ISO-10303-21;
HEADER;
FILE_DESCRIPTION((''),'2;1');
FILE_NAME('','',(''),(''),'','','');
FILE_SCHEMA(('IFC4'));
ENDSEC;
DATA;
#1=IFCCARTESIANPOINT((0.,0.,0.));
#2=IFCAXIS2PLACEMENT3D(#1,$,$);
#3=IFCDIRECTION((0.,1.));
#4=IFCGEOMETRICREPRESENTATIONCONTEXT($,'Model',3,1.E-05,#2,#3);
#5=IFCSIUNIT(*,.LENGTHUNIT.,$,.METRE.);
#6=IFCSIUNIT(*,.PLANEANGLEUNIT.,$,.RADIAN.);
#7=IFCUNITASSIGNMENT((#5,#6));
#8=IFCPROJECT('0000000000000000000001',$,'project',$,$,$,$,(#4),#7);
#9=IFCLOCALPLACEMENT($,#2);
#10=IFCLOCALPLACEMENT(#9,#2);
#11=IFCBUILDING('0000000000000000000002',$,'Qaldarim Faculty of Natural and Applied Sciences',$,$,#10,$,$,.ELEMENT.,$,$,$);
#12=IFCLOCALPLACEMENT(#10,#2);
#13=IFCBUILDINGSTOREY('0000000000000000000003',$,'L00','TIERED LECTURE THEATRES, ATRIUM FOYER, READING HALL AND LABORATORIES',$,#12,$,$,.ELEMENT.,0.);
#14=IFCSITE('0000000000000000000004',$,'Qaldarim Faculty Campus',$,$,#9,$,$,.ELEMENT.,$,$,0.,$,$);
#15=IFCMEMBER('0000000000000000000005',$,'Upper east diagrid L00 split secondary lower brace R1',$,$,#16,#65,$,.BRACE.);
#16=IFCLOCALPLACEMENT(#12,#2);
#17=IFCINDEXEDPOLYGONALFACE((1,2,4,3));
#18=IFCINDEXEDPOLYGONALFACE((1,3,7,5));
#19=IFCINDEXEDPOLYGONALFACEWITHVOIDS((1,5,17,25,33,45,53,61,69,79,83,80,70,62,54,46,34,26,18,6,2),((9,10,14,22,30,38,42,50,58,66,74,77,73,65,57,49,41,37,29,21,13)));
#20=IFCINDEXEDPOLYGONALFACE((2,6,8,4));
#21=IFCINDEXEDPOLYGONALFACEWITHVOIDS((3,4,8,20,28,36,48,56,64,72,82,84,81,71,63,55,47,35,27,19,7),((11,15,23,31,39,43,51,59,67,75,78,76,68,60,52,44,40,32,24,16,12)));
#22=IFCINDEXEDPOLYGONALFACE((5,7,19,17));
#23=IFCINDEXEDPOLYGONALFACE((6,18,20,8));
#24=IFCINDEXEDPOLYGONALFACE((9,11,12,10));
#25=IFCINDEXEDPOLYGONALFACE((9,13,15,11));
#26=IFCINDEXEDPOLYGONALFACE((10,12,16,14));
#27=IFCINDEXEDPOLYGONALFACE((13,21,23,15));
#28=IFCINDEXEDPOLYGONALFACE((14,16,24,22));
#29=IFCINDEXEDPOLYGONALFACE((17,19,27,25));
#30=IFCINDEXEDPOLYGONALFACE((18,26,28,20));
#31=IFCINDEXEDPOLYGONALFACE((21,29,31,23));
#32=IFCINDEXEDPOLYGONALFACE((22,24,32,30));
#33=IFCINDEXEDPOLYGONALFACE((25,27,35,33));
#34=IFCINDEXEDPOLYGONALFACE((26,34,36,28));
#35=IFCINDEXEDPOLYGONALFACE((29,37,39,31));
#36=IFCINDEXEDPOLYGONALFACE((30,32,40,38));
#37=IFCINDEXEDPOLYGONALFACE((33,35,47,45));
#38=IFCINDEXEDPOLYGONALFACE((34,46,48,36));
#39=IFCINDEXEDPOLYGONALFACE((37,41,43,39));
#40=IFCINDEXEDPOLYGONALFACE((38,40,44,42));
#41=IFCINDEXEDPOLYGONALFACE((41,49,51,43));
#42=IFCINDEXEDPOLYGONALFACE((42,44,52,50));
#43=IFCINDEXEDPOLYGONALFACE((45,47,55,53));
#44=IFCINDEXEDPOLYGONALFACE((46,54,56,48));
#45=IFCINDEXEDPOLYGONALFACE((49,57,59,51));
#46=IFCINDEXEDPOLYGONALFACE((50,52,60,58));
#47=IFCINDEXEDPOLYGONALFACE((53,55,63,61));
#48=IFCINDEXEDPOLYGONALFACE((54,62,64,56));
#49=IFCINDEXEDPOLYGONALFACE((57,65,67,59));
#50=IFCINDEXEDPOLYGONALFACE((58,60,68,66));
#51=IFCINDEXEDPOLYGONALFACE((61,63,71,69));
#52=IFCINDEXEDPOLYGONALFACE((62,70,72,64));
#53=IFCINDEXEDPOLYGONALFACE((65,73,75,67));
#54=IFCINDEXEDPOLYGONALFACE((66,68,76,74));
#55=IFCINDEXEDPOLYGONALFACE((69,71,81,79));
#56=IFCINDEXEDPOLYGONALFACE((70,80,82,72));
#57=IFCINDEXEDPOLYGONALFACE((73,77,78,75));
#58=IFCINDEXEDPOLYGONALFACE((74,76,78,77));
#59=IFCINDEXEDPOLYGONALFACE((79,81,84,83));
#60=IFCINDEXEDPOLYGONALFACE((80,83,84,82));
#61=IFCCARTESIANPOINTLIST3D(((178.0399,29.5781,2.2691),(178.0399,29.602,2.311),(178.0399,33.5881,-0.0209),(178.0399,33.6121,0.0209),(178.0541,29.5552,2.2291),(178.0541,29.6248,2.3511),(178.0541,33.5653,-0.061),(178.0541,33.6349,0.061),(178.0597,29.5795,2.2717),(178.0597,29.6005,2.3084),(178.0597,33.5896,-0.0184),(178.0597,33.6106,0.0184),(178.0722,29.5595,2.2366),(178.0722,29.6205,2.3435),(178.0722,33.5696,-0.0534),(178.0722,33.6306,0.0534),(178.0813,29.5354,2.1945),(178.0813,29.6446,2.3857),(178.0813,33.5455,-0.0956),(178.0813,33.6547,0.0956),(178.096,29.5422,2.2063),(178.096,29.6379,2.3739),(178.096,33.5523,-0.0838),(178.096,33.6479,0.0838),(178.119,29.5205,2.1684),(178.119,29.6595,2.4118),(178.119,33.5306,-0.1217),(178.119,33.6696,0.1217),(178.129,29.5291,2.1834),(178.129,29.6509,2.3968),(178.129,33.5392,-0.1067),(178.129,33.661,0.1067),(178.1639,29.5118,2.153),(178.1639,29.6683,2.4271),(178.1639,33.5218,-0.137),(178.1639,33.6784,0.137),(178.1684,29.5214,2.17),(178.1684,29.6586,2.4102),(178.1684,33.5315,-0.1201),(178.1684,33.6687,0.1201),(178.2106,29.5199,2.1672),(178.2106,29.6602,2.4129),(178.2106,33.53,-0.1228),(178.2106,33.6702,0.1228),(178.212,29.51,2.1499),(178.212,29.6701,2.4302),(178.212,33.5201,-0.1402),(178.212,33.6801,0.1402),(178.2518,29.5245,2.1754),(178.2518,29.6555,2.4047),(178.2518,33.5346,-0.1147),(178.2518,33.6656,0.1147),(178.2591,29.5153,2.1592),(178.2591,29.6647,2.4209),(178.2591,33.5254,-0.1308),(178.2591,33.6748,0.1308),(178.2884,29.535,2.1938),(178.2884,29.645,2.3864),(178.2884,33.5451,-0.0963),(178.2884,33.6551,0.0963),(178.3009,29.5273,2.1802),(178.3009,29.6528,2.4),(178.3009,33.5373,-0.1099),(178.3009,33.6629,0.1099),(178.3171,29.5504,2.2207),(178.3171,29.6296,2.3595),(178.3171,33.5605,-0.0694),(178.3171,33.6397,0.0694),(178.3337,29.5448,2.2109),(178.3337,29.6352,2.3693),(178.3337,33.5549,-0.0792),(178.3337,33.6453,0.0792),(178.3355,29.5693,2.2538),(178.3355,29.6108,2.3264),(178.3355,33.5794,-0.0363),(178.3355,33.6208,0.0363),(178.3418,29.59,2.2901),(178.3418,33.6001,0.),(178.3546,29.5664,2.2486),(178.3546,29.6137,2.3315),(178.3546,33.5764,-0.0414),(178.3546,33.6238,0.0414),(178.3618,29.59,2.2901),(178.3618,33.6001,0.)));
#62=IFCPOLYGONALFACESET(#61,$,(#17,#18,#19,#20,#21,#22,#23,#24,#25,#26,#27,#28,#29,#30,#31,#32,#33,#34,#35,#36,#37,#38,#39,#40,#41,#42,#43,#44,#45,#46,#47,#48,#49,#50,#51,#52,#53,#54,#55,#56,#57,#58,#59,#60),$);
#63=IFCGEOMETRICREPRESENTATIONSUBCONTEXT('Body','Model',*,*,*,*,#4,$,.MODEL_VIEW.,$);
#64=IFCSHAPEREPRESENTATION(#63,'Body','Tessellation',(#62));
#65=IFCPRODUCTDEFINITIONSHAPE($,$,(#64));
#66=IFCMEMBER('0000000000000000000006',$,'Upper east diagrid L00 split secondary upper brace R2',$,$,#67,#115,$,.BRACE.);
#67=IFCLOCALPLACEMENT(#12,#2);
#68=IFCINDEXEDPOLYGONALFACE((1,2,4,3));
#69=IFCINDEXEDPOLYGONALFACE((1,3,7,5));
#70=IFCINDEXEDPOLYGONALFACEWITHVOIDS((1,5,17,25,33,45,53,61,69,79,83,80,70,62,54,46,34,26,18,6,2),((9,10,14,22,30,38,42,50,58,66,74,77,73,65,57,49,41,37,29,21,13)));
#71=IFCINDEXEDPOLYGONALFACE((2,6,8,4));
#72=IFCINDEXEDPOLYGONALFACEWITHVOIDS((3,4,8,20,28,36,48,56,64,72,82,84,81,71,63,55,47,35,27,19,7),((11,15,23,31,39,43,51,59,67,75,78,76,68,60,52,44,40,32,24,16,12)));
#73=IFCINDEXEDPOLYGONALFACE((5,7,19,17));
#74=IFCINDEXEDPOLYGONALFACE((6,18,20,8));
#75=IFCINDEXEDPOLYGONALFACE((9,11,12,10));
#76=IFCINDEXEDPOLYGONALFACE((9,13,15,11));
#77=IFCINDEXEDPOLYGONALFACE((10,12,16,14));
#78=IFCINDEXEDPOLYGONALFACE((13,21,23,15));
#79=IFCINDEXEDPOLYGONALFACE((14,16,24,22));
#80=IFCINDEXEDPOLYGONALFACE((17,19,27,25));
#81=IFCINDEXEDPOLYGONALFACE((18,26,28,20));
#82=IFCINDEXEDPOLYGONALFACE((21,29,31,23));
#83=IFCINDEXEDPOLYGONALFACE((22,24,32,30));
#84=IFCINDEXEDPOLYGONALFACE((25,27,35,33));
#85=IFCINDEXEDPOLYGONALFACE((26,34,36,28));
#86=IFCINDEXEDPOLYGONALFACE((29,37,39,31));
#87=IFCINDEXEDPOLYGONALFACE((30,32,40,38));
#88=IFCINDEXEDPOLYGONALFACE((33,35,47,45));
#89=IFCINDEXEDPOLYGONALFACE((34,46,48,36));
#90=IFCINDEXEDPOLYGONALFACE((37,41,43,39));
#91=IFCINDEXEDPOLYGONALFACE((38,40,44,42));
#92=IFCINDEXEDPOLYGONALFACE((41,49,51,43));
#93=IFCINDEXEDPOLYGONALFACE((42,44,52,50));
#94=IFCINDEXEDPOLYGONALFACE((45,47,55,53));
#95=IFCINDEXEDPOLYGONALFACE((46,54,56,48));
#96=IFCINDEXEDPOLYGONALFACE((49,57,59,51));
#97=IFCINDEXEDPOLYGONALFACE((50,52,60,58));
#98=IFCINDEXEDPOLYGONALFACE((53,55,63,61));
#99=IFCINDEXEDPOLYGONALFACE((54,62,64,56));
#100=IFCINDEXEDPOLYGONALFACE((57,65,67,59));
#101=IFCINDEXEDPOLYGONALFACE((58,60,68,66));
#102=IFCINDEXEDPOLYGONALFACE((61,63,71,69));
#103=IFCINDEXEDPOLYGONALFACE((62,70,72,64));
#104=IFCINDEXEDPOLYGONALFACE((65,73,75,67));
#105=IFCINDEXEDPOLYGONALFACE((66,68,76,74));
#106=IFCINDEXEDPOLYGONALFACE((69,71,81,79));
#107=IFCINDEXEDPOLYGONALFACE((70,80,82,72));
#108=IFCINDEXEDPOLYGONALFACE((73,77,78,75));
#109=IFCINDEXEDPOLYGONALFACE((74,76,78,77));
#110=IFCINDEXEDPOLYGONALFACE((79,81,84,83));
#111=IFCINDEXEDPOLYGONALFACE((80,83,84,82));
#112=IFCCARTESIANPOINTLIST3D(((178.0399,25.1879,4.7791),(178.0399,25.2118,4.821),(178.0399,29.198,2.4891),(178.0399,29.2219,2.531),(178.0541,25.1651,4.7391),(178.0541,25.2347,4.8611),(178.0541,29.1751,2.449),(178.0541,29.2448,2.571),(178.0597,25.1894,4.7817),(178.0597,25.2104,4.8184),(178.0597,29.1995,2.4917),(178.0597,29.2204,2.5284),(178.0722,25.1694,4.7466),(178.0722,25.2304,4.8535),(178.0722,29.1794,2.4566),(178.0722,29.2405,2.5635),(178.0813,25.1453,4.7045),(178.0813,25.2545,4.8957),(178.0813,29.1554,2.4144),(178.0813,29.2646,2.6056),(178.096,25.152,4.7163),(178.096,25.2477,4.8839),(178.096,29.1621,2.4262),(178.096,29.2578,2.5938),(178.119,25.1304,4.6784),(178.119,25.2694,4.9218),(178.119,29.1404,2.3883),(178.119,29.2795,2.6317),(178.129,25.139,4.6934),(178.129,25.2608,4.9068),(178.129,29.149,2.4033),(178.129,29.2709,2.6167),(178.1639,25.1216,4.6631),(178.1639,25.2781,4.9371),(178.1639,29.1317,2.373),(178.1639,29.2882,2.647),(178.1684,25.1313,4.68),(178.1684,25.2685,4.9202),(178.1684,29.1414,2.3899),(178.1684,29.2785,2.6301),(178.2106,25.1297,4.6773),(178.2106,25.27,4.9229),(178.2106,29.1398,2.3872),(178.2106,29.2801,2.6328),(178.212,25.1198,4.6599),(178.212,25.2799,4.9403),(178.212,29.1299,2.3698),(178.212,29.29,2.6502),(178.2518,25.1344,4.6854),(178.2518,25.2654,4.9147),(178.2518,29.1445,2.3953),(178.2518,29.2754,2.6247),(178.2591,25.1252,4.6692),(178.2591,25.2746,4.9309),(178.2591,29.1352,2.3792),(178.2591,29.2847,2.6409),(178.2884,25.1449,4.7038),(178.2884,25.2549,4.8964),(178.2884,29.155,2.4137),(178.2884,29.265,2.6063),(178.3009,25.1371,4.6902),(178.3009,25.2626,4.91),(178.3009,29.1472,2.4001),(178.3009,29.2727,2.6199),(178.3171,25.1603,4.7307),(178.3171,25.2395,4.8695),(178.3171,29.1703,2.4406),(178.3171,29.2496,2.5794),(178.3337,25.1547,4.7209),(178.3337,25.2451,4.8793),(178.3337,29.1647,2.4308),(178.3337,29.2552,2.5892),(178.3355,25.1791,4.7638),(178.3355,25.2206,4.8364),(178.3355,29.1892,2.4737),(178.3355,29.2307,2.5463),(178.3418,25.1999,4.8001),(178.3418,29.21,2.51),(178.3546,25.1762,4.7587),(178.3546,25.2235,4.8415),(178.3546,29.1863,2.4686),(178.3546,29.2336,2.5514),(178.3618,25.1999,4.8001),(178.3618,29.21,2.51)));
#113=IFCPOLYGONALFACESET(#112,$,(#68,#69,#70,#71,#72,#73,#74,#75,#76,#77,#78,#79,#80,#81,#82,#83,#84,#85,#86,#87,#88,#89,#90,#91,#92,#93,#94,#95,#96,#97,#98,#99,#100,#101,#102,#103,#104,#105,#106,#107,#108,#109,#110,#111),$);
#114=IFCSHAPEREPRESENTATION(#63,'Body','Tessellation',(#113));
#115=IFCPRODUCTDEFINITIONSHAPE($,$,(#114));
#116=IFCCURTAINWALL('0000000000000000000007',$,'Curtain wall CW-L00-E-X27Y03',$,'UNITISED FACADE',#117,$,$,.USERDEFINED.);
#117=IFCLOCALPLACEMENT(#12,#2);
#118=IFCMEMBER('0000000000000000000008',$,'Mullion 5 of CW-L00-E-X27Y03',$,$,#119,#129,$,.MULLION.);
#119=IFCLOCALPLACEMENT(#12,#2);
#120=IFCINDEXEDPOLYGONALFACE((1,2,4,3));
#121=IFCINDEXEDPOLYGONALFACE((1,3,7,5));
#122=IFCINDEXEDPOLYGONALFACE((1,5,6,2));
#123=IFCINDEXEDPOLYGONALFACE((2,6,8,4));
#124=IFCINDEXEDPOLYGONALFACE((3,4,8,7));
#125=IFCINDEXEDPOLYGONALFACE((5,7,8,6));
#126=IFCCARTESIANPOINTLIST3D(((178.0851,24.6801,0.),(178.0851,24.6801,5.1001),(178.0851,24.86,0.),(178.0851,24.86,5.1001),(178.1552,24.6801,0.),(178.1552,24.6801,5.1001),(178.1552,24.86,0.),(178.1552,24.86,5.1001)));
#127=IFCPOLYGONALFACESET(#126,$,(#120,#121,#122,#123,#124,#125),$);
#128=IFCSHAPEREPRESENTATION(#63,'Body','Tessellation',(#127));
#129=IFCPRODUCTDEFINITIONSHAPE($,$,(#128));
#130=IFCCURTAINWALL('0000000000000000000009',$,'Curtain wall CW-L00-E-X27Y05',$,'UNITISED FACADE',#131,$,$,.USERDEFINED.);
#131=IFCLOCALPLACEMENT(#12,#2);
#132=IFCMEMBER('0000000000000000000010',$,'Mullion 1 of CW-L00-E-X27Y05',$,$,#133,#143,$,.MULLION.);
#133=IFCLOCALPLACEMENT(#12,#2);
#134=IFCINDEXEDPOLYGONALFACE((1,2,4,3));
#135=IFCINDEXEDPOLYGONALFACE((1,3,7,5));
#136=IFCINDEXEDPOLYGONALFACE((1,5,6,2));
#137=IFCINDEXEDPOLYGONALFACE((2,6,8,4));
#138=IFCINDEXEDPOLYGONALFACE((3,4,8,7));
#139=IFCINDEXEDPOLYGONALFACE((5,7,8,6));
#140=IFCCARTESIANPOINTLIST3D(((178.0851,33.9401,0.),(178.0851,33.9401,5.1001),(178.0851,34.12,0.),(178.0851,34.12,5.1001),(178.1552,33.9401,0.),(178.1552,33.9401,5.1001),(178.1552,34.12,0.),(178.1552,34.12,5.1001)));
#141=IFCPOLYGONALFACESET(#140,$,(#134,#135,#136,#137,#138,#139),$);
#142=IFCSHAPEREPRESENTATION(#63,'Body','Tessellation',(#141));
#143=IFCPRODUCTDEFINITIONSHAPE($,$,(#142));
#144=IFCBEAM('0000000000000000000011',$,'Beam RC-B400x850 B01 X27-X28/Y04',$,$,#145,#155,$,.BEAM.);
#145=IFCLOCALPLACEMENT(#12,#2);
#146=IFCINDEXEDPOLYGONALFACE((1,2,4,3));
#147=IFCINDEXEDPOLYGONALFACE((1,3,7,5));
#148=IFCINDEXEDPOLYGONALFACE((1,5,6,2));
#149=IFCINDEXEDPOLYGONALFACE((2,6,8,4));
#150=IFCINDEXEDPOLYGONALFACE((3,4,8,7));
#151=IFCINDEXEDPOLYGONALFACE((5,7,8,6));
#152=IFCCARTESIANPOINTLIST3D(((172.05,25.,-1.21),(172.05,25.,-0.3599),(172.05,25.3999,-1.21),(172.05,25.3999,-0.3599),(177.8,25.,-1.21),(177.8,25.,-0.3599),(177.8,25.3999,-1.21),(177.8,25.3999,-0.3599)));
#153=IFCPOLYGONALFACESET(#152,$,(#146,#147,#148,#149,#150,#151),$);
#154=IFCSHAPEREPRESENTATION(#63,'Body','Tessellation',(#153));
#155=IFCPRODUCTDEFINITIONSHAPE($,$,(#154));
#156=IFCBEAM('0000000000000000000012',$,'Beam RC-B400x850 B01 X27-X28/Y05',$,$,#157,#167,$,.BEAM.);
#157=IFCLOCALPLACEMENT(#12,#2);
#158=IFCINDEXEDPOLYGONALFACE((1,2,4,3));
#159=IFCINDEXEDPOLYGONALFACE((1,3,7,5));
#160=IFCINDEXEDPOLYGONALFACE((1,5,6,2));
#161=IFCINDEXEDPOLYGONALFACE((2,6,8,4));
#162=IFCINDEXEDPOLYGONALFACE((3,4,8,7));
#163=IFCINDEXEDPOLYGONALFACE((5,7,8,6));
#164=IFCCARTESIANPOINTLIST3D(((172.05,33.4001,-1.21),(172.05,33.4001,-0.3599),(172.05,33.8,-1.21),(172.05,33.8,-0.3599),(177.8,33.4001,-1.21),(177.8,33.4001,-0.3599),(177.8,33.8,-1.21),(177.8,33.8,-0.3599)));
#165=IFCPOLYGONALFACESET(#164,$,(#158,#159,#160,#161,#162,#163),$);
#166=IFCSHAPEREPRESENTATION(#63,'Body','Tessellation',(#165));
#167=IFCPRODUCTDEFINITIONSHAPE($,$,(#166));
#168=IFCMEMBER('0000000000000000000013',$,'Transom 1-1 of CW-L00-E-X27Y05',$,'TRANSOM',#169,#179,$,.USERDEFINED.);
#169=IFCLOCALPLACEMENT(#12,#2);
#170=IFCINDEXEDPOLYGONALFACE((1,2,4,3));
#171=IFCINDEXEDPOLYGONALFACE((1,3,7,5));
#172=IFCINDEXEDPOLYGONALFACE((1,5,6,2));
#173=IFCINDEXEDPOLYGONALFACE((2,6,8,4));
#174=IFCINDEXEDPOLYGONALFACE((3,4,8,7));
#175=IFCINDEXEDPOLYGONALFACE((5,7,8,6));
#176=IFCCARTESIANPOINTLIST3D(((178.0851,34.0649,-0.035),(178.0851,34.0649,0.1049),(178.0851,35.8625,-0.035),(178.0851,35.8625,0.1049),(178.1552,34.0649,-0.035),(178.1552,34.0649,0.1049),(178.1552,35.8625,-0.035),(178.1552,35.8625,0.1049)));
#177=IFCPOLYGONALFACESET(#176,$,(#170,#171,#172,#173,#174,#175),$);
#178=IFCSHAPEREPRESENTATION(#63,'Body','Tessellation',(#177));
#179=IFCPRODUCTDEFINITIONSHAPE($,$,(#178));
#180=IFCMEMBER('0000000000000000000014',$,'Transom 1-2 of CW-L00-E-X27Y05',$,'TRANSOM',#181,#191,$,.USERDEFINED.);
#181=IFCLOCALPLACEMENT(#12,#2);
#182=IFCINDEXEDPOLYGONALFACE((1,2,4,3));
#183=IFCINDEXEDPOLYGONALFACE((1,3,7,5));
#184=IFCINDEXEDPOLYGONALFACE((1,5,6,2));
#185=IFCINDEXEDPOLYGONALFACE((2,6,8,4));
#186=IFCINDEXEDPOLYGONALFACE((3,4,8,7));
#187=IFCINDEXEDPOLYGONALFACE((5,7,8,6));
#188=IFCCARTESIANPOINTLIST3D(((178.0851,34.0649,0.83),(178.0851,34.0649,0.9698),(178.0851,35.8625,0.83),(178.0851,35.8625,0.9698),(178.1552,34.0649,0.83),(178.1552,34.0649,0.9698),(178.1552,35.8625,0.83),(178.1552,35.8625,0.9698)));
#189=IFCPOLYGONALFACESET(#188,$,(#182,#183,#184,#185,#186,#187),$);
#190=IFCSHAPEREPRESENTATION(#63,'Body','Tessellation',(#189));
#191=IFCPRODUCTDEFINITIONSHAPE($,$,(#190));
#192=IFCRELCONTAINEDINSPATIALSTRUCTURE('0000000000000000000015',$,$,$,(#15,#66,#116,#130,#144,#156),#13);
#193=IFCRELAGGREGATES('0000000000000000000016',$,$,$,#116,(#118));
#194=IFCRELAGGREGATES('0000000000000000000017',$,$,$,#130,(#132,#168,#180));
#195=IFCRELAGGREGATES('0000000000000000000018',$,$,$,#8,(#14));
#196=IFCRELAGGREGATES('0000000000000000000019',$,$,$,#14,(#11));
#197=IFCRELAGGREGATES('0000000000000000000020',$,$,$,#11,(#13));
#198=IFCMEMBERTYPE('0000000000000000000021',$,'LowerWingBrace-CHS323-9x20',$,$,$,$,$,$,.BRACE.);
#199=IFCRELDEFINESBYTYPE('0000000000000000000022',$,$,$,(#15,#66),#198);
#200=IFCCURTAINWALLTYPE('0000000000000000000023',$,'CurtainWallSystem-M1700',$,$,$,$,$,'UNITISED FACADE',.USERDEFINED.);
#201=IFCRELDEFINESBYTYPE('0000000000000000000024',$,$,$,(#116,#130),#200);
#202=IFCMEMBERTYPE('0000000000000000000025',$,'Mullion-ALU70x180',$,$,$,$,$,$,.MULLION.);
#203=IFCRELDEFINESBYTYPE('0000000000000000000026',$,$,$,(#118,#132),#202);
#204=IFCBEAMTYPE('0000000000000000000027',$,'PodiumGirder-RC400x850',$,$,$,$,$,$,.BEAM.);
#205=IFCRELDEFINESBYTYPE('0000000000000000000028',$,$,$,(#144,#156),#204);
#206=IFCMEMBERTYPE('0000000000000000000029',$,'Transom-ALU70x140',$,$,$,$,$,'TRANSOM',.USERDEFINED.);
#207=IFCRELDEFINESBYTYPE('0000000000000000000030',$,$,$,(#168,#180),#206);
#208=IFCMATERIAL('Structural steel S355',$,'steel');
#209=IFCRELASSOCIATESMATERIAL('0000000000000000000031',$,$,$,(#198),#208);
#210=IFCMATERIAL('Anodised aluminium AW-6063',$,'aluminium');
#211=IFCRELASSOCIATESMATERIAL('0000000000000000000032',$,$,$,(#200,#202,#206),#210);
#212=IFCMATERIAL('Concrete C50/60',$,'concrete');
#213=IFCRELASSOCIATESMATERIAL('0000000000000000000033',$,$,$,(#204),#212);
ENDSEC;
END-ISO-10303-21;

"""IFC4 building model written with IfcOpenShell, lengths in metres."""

from ifc_helpers import new_model, si_unit, direction, frame, origin, origin_2d, place, context, subcontext, project, spatial, rectangle, hollow_circle, extrude, material, material_profile, profile_set, type_object, element, aggregate, save


model = new_model("IFC4")

# Units and contexts
model_context = context("Model", 3, precision=1e-05, world=origin(), true_north=direction((0.0, 1.0)))
body_context = subcontext(model_context, "Body", "Model", "MODEL_VIEW")
ifc_project = project(units=[si_unit("LENGTHUNIT", "METRE"), si_unit("PLANEANGLEUNIT", "RADIAN")], contexts=[model_context])

# Site, building, storey
site_placement = place(None, origin())
site = spatial("IfcSite", under=ifc_project, at=site_placement, Name="Qaldarim Faculty Campus", CompositionType="ELEMENT", RefElevation=0.0)
building_placement = place(site_placement, origin())
building = spatial("IfcBuilding", under=site, at=building_placement, Name="Qaldarim Faculty of Natural and Applied Sciences", CompositionType="ELEMENT")
storey_placement = place(building_placement, origin())
storey = spatial("IfcBuildingStorey", under=building, at=storey_placement, Name="L00", Description="TIERED LECTURE THEATRES, ATRIUM FOYER, READING HALL AND LABORATORIES", CompositionType="ELEMENT", Elevation=0.0)

# Shared definitions
ifc_material_1 = material(Name="Concrete C50/60", Category="concrete")

# Members
ifc_material_2 = material(Name="Structural steel S355", Category="steel")
ifc_material_profile_1 = material_profile(ifc_material_2, hollow_circle(Radius=0.1619, WallThickness=0.02, at=origin_2d()), Name="CHS 323.9x20.0")
ifc_profile_set_1 = profile_set([ifc_material_profile_1], Name="Structural steel S355")
member_type_1 = type_object("IfcMemberType", Name="LowerWingBrace-CHS323-9x20", PredefinedType="BRACE", material=ifc_profile_set_1)
for number, where, z_axis, x_axis, name in (
    (1, (178.2, 33.6001, 0.0), (0.0, -0.868373, 0.495911), (1.0, 0.0, 0.0), "Upper east diagrid L00 split secondary lower brace R1"),
    (2, (178.2, 29.21, 2.51), (0.0, -0.868373, 0.495911), (1.0, 0.0, 0.0), "Upper east diagrid L00 split secondary upper brace R2"),
):
    element("IfcMember", number, at=place(storey_placement, frame(where, z_axis=z_axis, x_axis=x_axis)), inside=storey, type_object=member_type_1, Name=name, PredefinedType="BRACE", context=body_context, shape_type="SweptSolid", body=[
        extrude(hollow_circle(Radius=0.1619, WallThickness=0.02, at=origin_2d()), origin(), (0.0, 0.0, 1.0), 4.6179),
    ])

# Curtain walls, members
ifc_material_3 = material(Name="Anodised aluminium AW-6063", Category="aluminium")
curtain_wall_type = type_object("IfcCurtainWallType", Name="CurtainWallSystem-M1700", ElementType="UNITISED FACADE", PredefinedType="USERDEFINED", material=ifc_material_3)
curtain_wall_1_placement = place(storey_placement, origin())
curtain_wall_1 = element("IfcCurtainWall", 3, at=curtain_wall_1_placement, inside=storey, type_object=curtain_wall_type, Name="Curtain wall CW-L00-E-X27Y03", ObjectType="UNITISED FACADE", PredefinedType="USERDEFINED")
ifc_material_profile_2 = material_profile(ifc_material_3, rectangle(XDim=0.0701, YDim=0.1799, at=origin_2d()), Name="ALU-M70x180")
ifc_profile_set_2 = profile_set([ifc_material_profile_2], Name="Anodised aluminium AW-6063")
member_type_2 = type_object("IfcMemberType", Name="Mullion-ALU70x180", PredefinedType="MULLION", material=ifc_profile_set_2)
member_1_placement = place(storey_placement, frame((178.1201, 24.77, 0.0), z_axis=(0.0, 0.0, 1.0), x_axis=(-1.0, 0.0, 0.0)))
member_1 = element("IfcMember", 4, at=member_1_placement, type_object=member_type_2, Name="Mullion 5 of CW-L00-E-X27Y03", PredefinedType="MULLION", context=body_context, shape_type="SweptSolid", body=[
    extrude(rectangle(XDim=0.0701, YDim=0.1799, at=origin_2d()), origin(), (0.0, 0.0, 1.0), 5.1001),
])
curtain_wall_2_placement = place(storey_placement, origin())
curtain_wall_2 = element("IfcCurtainWall", 5, at=curtain_wall_2_placement, inside=storey, type_object=curtain_wall_type, Name="Curtain wall CW-L00-E-X27Y05", ObjectType="UNITISED FACADE", PredefinedType="USERDEFINED")
member_2_placement = place(storey_placement, frame((178.1201, 34.03, 0.0), z_axis=(0.0, 0.0, 1.0), x_axis=(-1.0, 0.0, 0.0)))
member_2 = element("IfcMember", 6, at=member_2_placement, type_object=member_type_2, Name="Mullion 1 of CW-L00-E-X27Y05", PredefinedType="MULLION", context=body_context, shape_type="SweptSolid", body=[
    extrude(rectangle(XDim=0.0701, YDim=0.1799, at=origin_2d()), origin(), (0.0, 0.0, 1.0), 5.1001),
])

# Beams
ifc_material_profile_3 = material_profile(ifc_material_1, rectangle(XDim=0.3999, YDim=0.8501, at=origin_2d()), Name="RC-B400x850")
ifc_profile_set_3 = profile_set([ifc_material_profile_3], Name="Concrete C50/60")
beam_type_1 = type_object("IfcBeamType", Name="PodiumGirder-RC400x850", PredefinedType="BEAM", material=ifc_profile_set_3)
for number, where, z_axis, x_axis, name in (
    (7, (172.05, 25.2, -0.7849), (1.0, 0.0, 0.0), (0.0, 1.0, 0.0), "Beam RC-B400x850 B01 X27-X28/Y04"),
    (8, (172.05, 33.6001, -0.7849), (1.0, 0.0, 0.0), (0.0, 1.0, 0.0), "Beam RC-B400x850 B01 X27-X28/Y05"),
):
    element("IfcBeam", number, at=place(storey_placement, frame(where, z_axis=z_axis, x_axis=x_axis)), inside=storey, type_object=beam_type_1, Name=name, PredefinedType="BEAM", context=body_context, shape_type="SweptSolid", body=[
        extrude(rectangle(XDim=0.3999, YDim=0.8501, at=origin_2d()), origin(), (0.0, 0.0, 1.0), 5.75),
    ])

# Members
ifc_material_profile_4 = material_profile(ifc_material_3, rectangle(XDim=0.0701, YDim=0.1399, at=origin_2d()), Name="ALU-T70x140")
ifc_profile_set_4 = profile_set([ifc_material_profile_4], Name="Anodised aluminium AW-6063")
member_type_3 = type_object("IfcMemberType", Name="Transom-ALU70x140", ElementType="TRANSOM", PredefinedType="USERDEFINED", material=ifc_profile_set_4)
member_3_placement = place(storey_placement, frame((178.1201, 34.0649, 0.0349), z_axis=(0.0, 1.0, 0.0), x_axis=(-1.0, 0.0, 0.0)))
member_3 = element("IfcMember", 9, at=member_3_placement, type_object=member_type_3, Name="Transom 1-1 of CW-L00-E-X27Y05", ObjectType="TRANSOM", PredefinedType="USERDEFINED", context=body_context, shape_type="SweptSolid", body=[
    extrude(rectangle(XDim=0.0701, YDim=0.1399, at=origin_2d()), origin(), (0.0, 0.0, 1.0), 1.7976),
])
member_4_placement = place(storey_placement, frame((178.1201, 34.0649, 0.8999), z_axis=(0.0, 1.0, 0.0), x_axis=(-1.0, 0.0, 0.0)))
member_4 = element("IfcMember", 10, at=member_4_placement, type_object=member_type_3, Name="Transom 1-2 of CW-L00-E-X27Y05", ObjectType="TRANSOM", PredefinedType="USERDEFINED", context=body_context, shape_type="SweptSolid", body=[
    extrude(rectangle(XDim=0.0701, YDim=0.1399, at=origin_2d()), origin(), (0.0, 0.0, 1.0), 1.7976),
])

aggregate(curtain_wall_1, [member_1])
aggregate(curtain_wall_2, [member_2, member_3, member_4])

save(model, "model.ifc")
